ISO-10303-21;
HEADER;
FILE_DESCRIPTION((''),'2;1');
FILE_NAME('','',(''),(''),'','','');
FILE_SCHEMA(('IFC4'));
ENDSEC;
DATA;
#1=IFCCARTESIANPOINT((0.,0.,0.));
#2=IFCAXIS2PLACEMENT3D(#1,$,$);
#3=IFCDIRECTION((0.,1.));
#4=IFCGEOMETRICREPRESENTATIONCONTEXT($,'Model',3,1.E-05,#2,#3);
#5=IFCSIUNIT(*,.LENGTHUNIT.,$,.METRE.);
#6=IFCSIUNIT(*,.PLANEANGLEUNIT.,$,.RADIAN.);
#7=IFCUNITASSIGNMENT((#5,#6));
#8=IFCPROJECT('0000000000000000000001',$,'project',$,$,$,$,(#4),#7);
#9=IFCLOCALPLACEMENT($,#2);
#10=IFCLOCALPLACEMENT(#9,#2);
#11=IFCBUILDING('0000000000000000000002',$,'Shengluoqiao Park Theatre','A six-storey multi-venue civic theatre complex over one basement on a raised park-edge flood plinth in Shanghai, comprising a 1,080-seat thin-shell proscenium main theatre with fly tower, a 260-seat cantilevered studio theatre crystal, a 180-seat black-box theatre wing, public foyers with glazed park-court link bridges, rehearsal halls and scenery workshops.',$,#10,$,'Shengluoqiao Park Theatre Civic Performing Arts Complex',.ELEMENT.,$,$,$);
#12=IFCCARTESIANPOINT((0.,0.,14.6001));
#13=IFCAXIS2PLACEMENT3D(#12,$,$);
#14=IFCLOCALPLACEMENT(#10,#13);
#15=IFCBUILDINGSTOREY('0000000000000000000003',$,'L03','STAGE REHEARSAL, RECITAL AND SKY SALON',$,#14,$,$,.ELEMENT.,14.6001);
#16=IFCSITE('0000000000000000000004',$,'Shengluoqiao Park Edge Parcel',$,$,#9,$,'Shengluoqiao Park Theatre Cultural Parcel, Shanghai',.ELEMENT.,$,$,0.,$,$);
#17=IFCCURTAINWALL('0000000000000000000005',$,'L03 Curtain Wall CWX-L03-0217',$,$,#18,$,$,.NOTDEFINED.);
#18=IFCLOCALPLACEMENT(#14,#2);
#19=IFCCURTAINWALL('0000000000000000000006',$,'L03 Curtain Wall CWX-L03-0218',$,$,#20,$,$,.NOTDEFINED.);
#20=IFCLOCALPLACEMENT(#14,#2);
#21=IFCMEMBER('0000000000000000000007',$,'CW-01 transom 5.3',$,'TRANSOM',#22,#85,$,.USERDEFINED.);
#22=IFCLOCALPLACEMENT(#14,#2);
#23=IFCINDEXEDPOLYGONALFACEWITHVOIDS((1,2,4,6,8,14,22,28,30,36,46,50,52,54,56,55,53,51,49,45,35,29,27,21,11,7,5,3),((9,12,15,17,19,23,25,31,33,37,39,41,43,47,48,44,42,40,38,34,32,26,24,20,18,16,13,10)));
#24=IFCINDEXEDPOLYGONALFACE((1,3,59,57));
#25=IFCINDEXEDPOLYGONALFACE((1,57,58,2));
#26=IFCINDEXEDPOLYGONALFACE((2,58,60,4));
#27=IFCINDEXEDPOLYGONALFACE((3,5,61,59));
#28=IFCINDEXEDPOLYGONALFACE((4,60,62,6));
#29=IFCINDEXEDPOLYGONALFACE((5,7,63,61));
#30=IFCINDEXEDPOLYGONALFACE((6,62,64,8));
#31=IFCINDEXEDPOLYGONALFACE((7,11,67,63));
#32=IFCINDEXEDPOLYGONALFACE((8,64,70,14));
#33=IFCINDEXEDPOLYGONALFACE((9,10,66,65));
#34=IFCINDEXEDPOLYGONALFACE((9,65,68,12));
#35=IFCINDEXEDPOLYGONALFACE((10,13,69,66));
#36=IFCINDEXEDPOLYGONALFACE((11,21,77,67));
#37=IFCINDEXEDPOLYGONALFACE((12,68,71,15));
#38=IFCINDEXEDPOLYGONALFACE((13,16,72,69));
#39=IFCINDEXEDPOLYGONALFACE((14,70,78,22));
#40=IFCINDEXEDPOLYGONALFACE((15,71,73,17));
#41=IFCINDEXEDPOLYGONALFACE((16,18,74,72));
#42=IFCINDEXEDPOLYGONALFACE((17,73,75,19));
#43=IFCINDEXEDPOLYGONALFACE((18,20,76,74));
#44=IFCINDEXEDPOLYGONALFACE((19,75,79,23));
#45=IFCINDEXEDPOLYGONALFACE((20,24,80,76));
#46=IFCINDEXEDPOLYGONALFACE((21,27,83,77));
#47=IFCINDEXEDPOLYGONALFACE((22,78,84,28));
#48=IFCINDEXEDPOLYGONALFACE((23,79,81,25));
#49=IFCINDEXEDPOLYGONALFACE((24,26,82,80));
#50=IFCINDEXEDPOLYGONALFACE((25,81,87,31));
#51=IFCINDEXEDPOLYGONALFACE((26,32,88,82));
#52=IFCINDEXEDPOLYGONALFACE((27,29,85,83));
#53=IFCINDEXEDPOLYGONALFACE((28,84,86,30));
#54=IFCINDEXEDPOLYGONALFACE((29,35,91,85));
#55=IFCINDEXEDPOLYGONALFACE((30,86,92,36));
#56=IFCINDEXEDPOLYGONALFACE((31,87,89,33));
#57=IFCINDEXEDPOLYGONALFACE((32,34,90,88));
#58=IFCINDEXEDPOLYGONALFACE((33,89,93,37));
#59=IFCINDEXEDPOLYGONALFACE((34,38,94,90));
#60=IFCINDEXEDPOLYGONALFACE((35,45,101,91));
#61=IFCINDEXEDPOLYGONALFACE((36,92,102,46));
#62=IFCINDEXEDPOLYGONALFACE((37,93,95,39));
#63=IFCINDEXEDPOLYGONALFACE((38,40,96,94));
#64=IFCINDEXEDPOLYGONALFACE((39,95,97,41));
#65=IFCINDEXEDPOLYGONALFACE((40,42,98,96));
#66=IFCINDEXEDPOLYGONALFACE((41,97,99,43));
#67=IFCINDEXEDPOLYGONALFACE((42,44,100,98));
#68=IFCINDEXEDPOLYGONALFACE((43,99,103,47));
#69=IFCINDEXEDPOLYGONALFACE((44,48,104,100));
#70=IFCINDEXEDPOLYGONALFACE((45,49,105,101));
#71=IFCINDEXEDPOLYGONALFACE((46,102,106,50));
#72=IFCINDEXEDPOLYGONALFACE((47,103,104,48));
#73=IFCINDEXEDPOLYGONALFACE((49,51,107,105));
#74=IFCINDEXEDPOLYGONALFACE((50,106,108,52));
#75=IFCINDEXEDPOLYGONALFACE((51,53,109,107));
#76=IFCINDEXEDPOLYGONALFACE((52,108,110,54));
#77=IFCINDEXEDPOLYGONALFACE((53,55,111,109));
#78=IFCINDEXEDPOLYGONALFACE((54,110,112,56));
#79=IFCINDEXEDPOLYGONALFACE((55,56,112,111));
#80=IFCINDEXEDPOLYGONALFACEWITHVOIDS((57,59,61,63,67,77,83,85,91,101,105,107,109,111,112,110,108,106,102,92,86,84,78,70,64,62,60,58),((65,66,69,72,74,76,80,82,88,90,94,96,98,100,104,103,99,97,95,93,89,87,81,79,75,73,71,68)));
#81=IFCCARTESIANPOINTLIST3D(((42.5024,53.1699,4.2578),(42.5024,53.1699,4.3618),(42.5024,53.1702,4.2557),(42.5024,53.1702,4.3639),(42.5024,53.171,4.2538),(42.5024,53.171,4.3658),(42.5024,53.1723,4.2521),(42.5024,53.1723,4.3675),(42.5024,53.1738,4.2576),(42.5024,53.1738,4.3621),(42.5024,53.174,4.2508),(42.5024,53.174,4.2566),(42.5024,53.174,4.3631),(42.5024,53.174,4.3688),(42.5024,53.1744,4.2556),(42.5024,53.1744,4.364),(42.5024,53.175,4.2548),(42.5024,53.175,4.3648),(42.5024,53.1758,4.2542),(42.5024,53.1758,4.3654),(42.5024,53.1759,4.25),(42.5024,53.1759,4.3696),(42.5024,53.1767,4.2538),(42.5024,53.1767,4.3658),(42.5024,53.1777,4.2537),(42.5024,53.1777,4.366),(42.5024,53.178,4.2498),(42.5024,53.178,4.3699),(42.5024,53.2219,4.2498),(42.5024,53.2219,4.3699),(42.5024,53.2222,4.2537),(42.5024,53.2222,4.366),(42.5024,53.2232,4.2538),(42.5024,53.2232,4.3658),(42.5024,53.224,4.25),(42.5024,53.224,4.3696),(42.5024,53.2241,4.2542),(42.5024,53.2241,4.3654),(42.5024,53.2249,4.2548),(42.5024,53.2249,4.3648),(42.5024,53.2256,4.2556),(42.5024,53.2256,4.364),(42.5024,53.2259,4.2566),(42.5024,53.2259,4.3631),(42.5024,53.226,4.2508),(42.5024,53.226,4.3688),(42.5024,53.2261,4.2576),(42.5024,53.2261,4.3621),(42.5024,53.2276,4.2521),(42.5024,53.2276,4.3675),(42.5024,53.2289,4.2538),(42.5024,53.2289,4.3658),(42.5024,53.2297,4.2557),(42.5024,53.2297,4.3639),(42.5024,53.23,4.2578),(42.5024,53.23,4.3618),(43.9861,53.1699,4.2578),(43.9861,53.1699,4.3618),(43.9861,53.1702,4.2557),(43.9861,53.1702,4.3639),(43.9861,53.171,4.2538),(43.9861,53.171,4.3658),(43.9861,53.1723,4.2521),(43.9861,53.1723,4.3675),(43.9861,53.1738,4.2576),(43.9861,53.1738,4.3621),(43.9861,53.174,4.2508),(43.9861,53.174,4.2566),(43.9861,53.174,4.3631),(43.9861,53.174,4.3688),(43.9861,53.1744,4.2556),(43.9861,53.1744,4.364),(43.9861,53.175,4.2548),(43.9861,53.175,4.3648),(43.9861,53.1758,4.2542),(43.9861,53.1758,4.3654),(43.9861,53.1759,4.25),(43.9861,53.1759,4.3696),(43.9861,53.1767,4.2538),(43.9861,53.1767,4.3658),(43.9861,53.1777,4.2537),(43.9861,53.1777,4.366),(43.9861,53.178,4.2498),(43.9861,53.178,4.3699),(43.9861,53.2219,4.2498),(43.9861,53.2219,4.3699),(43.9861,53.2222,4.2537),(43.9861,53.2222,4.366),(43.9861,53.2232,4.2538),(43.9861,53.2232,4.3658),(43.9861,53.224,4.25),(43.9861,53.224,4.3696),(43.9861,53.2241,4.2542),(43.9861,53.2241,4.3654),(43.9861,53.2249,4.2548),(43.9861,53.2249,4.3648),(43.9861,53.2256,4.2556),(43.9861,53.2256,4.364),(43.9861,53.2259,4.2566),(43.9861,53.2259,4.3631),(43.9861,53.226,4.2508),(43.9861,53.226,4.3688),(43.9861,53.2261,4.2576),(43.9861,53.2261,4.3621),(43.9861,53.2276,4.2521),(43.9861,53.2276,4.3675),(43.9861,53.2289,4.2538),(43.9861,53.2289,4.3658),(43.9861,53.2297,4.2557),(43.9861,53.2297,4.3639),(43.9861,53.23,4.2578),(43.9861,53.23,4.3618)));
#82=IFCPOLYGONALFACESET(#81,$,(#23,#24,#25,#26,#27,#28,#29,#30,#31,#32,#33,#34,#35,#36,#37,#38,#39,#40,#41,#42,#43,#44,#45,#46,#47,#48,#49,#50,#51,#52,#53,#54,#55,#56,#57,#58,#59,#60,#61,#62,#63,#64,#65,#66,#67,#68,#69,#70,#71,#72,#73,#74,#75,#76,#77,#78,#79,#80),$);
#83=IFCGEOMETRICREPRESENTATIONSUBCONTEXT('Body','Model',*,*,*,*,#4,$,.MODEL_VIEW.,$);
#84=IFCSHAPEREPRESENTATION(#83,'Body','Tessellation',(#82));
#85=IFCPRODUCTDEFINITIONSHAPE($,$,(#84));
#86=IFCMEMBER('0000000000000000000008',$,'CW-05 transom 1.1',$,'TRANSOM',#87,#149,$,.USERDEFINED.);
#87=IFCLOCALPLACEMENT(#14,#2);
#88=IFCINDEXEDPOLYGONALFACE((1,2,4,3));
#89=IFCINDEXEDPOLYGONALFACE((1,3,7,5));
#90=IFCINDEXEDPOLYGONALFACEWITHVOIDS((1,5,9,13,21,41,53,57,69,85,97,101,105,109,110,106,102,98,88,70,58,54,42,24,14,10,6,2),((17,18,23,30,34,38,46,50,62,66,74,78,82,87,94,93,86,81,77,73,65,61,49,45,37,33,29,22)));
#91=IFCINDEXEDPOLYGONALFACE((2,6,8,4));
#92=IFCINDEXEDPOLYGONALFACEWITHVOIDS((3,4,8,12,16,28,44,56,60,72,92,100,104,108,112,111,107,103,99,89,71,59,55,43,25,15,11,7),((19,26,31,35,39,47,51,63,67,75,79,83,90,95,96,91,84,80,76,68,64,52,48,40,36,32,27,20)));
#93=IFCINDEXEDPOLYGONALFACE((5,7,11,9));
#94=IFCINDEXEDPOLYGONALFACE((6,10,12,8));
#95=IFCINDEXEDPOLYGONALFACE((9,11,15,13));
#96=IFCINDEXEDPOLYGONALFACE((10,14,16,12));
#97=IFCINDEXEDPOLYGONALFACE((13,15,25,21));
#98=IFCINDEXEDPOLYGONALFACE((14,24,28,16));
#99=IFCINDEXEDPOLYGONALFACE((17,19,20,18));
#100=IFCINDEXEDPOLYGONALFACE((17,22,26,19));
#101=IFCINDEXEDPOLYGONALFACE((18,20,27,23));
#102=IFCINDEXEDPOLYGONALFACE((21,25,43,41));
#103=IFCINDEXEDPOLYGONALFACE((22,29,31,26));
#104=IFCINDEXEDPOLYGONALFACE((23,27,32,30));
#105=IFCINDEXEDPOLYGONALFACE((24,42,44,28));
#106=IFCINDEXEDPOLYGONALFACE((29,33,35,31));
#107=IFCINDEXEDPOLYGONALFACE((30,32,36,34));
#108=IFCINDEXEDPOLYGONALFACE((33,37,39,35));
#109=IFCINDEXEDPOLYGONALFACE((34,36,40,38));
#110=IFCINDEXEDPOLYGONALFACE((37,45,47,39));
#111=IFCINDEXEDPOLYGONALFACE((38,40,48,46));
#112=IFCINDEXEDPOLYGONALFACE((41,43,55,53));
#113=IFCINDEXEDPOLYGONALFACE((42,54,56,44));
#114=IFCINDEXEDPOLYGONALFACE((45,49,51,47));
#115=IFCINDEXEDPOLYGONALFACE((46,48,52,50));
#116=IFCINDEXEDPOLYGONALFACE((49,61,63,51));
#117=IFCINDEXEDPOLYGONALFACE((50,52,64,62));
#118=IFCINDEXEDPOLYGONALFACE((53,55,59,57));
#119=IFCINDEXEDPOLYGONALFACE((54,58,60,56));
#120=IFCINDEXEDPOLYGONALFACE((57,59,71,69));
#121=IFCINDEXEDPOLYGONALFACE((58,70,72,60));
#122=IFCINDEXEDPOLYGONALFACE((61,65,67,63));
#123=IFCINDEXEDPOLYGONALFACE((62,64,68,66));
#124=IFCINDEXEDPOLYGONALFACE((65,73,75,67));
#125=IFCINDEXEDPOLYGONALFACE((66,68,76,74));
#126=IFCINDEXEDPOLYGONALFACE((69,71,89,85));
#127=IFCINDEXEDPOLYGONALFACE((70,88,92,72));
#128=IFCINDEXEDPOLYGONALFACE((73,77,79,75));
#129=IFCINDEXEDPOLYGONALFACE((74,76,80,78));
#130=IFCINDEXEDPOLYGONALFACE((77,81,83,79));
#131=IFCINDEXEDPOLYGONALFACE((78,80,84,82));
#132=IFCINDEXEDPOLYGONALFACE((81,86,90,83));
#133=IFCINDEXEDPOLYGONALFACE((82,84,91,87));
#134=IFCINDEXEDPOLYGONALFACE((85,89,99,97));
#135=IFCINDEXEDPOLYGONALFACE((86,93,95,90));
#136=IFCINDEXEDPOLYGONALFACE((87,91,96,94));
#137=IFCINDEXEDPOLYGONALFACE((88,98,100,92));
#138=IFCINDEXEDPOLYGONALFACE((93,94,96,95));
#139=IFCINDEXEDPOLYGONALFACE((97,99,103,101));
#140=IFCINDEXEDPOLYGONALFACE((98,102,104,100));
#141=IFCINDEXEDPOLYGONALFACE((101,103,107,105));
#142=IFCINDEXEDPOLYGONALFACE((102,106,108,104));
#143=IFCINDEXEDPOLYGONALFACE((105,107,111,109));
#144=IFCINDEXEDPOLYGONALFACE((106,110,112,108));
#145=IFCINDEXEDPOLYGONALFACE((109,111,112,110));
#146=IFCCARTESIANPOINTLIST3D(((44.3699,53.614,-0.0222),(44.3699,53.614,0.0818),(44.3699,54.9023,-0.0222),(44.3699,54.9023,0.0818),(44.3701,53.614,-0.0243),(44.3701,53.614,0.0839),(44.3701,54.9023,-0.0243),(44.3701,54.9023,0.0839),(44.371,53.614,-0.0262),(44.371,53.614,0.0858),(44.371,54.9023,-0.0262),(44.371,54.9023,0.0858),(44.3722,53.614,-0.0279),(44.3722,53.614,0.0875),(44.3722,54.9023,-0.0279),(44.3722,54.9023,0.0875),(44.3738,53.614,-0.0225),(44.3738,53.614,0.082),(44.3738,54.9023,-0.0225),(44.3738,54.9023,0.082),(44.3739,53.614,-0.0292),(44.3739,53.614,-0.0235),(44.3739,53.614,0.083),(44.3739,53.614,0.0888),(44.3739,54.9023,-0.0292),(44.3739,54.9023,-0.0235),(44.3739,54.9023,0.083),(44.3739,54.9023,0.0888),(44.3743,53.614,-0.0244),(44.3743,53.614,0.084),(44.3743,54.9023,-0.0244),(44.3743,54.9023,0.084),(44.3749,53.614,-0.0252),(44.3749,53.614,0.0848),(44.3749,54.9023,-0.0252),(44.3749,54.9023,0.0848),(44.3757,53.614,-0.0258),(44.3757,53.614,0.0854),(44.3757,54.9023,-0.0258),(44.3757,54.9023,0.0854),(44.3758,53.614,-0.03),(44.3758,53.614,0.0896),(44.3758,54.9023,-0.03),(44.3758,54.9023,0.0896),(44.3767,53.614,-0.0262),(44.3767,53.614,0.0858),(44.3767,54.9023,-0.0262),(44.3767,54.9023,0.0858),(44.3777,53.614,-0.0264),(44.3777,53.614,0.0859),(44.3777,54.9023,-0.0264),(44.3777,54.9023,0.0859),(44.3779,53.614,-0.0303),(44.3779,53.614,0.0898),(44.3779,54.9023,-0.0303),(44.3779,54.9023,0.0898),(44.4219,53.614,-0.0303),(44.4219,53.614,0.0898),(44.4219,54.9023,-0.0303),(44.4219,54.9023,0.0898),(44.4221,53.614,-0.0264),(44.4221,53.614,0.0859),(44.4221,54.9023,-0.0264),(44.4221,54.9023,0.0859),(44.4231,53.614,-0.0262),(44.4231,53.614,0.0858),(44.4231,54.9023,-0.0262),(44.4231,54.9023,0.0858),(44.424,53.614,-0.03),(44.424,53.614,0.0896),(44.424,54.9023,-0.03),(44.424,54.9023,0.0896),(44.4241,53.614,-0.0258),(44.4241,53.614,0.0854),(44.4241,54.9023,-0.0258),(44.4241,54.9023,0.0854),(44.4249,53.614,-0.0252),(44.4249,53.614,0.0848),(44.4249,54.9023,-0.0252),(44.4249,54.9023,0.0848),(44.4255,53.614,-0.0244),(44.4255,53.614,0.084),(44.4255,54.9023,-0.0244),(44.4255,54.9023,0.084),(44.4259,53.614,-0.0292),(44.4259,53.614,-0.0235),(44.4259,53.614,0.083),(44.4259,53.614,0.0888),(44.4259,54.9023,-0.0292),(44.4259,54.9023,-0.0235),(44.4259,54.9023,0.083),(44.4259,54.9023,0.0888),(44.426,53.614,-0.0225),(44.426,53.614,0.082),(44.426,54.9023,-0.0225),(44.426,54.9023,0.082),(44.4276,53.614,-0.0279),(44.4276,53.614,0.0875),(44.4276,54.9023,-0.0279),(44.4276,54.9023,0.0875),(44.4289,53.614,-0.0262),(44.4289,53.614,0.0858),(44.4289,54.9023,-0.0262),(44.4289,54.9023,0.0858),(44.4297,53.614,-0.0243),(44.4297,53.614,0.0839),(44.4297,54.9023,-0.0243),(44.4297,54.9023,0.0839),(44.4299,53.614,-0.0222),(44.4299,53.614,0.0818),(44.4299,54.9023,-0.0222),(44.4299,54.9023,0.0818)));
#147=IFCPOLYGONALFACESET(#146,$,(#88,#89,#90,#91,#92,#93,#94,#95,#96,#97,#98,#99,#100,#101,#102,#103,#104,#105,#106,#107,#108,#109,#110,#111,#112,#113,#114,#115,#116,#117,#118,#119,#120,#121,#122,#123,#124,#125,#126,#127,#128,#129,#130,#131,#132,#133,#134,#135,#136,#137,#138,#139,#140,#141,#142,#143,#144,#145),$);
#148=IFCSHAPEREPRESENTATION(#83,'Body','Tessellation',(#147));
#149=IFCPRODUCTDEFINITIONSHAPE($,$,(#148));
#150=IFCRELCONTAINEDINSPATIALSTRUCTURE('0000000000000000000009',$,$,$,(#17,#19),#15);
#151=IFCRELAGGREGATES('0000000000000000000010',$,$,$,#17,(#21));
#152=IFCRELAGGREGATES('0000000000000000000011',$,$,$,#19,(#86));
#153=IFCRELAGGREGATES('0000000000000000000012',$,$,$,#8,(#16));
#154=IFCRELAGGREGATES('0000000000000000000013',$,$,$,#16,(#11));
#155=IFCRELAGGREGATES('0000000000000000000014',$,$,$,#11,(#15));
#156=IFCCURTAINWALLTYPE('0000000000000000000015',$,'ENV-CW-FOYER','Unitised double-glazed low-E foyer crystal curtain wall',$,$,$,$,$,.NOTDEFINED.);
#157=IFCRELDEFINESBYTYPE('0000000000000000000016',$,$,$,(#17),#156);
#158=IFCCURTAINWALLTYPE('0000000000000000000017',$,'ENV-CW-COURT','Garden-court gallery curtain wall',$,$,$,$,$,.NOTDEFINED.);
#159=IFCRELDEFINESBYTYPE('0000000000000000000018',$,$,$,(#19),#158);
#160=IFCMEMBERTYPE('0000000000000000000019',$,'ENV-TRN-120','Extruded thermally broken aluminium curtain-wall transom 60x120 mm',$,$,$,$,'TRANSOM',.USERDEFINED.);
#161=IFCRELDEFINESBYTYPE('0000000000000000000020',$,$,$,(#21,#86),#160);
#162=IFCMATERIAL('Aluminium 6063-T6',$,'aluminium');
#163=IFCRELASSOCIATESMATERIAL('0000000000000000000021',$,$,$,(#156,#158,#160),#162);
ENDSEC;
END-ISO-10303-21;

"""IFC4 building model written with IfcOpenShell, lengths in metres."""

from ifc_helpers import new_model, si_unit, direction, frame, origin, origin_2d, place, context, subcontext, project, spatial, hollow_rectangle, extrude, material, material_profile, profile_set, type_object, element, aggregate, save


model = new_model("IFC4")

# Units and contexts
model_context = context("Model", 3, precision=1e-05, world=origin(), true_north=direction((0.0, 1.0)))
body_context = subcontext(model_context, "Body", "Model", "MODEL_VIEW")
ifc_project = project(units=[si_unit("LENGTHUNIT", "METRE"), si_unit("PLANEANGLEUNIT", "RADIAN")], contexts=[model_context])

# Site, building, storey
site_placement = place(None, origin())
site = spatial("IfcSite", under=ifc_project, at=site_placement, Name="Shengluoqiao Park Edge Parcel", LongName="Shengluoqiao Park Theatre Cultural Parcel, Shanghai", CompositionType="ELEMENT", RefElevation=0.0)
building_placement = place(site_placement, origin())
building = spatial("IfcBuilding", under=site, at=building_placement, Name="Shengluoqiao Park Theatre", Description="A six-storey multi-venue civic theatre complex over one basement on a raised park-edge flood plinth in Shanghai, comprising a 1,080-seat thin-shell proscenium main theatre with fly tower, a 260-seat cantilevered studio theatre crystal, a 180-seat black-box theatre wing, public foyers with glazed park-court link bridges, rehearsal halls and scenery workshops.", LongName="Shengluoqiao Park Theatre Civic Performing Arts Complex", CompositionType="ELEMENT")
storey_placement = place(building_placement, frame((0.0, 0.0, 14.6001)))
storey = spatial("IfcBuildingStorey", under=building, at=storey_placement, Name="L03", Description="STAGE REHEARSAL, RECITAL AND SKY SALON", CompositionType="ELEMENT", Elevation=14.6001)

# Curtain walls
ifc_material_1 = material(Name="Aluminium 6063-T6", Category="aluminium")
curtain_wall_type_1 = type_object("IfcCurtainWallType", Name="ENV-CW-FOYER", Description="Unitised double-glazed low-E foyer crystal curtain wall", PredefinedType="NOTDEFINED", material=ifc_material_1)
curtain_wall_1_placement = place(storey_placement, origin())
curtain_wall_1 = element("IfcCurtainWall", 1, at=curtain_wall_1_placement, inside=storey, type_object=curtain_wall_type_1, Name="L03 Curtain Wall CWX-L03-0217", PredefinedType="NOTDEFINED")
curtain_wall_type_2 = type_object("IfcCurtainWallType", Name="ENV-CW-COURT", Description="Garden-court gallery curtain wall", PredefinedType="NOTDEFINED", material=ifc_material_1)
curtain_wall_2_placement = place(storey_placement, origin())
curtain_wall_2 = element("IfcCurtainWall", 2, at=curtain_wall_2_placement, inside=storey, type_object=curtain_wall_type_2, Name="L03 Curtain Wall CWX-L03-0218", PredefinedType="NOTDEFINED")

# Members
ifc_material_profile_1 = material_profile(ifc_material_1, hollow_rectangle(XDim=0.0601, YDim=0.1201, WallThickness=0.0039, InnerFilletRadius=0.0039, OuterFilletRadius=0.0081, at=origin_2d()), Name="ALU TRANSOM 120x60x4")
ifc_profile_set_1 = profile_set([ifc_material_profile_1], Name="Aluminium 6063-T6")
member_type_1 = type_object("IfcMemberType", Name="ENV-TRN-120", Description="Extruded thermally broken aluminium curtain-wall transom 60x120 mm", ElementType="TRANSOM", PredefinedType="USERDEFINED", material=ifc_profile_set_1)
member_1_placement = place(storey_placement, frame((42.5024, 53.2, 4.3098), z_axis=(1.0, 0.0, 0.0), x_axis=(0.0, 1.0, 0.0)))
member_1 = element("IfcMember", 3, at=member_1_placement, type_object=member_type_1, Name="CW-01 transom 5.3", ObjectType="TRANSOM", PredefinedType="USERDEFINED", context=body_context, shape_type="SweptSolid", body=[
    extrude(hollow_rectangle(XDim=0.0601, YDim=0.1201, WallThickness=0.0039, InnerFilletRadius=0.0039, OuterFilletRadius=0.0081, at=origin_2d()), origin(), (0.0, 0.0, 1.0), 1.4836),
])
member_2_placement = place(storey_placement, frame((44.3999, 53.614, 0.0298), z_axis=(0.0, 1.0, 0.0), x_axis=(-1.0, 0.0, 0.0)))
member_2 = element("IfcMember", 4, at=member_2_placement, type_object=member_type_1, Name="CW-05 transom 1.1", ObjectType="TRANSOM", PredefinedType="USERDEFINED", context=body_context, shape_type="SweptSolid", body=[
    extrude(hollow_rectangle(XDim=0.0601, YDim=0.1201, WallThickness=0.0039, InnerFilletRadius=0.0039, OuterFilletRadius=0.0081, at=origin_2d()), origin(), (0.0, 0.0, 1.0), 1.2883),
])

aggregate(curtain_wall_1, [member_1])
aggregate(curtain_wall_2, [member_2])

save(model, "model.ifc")
